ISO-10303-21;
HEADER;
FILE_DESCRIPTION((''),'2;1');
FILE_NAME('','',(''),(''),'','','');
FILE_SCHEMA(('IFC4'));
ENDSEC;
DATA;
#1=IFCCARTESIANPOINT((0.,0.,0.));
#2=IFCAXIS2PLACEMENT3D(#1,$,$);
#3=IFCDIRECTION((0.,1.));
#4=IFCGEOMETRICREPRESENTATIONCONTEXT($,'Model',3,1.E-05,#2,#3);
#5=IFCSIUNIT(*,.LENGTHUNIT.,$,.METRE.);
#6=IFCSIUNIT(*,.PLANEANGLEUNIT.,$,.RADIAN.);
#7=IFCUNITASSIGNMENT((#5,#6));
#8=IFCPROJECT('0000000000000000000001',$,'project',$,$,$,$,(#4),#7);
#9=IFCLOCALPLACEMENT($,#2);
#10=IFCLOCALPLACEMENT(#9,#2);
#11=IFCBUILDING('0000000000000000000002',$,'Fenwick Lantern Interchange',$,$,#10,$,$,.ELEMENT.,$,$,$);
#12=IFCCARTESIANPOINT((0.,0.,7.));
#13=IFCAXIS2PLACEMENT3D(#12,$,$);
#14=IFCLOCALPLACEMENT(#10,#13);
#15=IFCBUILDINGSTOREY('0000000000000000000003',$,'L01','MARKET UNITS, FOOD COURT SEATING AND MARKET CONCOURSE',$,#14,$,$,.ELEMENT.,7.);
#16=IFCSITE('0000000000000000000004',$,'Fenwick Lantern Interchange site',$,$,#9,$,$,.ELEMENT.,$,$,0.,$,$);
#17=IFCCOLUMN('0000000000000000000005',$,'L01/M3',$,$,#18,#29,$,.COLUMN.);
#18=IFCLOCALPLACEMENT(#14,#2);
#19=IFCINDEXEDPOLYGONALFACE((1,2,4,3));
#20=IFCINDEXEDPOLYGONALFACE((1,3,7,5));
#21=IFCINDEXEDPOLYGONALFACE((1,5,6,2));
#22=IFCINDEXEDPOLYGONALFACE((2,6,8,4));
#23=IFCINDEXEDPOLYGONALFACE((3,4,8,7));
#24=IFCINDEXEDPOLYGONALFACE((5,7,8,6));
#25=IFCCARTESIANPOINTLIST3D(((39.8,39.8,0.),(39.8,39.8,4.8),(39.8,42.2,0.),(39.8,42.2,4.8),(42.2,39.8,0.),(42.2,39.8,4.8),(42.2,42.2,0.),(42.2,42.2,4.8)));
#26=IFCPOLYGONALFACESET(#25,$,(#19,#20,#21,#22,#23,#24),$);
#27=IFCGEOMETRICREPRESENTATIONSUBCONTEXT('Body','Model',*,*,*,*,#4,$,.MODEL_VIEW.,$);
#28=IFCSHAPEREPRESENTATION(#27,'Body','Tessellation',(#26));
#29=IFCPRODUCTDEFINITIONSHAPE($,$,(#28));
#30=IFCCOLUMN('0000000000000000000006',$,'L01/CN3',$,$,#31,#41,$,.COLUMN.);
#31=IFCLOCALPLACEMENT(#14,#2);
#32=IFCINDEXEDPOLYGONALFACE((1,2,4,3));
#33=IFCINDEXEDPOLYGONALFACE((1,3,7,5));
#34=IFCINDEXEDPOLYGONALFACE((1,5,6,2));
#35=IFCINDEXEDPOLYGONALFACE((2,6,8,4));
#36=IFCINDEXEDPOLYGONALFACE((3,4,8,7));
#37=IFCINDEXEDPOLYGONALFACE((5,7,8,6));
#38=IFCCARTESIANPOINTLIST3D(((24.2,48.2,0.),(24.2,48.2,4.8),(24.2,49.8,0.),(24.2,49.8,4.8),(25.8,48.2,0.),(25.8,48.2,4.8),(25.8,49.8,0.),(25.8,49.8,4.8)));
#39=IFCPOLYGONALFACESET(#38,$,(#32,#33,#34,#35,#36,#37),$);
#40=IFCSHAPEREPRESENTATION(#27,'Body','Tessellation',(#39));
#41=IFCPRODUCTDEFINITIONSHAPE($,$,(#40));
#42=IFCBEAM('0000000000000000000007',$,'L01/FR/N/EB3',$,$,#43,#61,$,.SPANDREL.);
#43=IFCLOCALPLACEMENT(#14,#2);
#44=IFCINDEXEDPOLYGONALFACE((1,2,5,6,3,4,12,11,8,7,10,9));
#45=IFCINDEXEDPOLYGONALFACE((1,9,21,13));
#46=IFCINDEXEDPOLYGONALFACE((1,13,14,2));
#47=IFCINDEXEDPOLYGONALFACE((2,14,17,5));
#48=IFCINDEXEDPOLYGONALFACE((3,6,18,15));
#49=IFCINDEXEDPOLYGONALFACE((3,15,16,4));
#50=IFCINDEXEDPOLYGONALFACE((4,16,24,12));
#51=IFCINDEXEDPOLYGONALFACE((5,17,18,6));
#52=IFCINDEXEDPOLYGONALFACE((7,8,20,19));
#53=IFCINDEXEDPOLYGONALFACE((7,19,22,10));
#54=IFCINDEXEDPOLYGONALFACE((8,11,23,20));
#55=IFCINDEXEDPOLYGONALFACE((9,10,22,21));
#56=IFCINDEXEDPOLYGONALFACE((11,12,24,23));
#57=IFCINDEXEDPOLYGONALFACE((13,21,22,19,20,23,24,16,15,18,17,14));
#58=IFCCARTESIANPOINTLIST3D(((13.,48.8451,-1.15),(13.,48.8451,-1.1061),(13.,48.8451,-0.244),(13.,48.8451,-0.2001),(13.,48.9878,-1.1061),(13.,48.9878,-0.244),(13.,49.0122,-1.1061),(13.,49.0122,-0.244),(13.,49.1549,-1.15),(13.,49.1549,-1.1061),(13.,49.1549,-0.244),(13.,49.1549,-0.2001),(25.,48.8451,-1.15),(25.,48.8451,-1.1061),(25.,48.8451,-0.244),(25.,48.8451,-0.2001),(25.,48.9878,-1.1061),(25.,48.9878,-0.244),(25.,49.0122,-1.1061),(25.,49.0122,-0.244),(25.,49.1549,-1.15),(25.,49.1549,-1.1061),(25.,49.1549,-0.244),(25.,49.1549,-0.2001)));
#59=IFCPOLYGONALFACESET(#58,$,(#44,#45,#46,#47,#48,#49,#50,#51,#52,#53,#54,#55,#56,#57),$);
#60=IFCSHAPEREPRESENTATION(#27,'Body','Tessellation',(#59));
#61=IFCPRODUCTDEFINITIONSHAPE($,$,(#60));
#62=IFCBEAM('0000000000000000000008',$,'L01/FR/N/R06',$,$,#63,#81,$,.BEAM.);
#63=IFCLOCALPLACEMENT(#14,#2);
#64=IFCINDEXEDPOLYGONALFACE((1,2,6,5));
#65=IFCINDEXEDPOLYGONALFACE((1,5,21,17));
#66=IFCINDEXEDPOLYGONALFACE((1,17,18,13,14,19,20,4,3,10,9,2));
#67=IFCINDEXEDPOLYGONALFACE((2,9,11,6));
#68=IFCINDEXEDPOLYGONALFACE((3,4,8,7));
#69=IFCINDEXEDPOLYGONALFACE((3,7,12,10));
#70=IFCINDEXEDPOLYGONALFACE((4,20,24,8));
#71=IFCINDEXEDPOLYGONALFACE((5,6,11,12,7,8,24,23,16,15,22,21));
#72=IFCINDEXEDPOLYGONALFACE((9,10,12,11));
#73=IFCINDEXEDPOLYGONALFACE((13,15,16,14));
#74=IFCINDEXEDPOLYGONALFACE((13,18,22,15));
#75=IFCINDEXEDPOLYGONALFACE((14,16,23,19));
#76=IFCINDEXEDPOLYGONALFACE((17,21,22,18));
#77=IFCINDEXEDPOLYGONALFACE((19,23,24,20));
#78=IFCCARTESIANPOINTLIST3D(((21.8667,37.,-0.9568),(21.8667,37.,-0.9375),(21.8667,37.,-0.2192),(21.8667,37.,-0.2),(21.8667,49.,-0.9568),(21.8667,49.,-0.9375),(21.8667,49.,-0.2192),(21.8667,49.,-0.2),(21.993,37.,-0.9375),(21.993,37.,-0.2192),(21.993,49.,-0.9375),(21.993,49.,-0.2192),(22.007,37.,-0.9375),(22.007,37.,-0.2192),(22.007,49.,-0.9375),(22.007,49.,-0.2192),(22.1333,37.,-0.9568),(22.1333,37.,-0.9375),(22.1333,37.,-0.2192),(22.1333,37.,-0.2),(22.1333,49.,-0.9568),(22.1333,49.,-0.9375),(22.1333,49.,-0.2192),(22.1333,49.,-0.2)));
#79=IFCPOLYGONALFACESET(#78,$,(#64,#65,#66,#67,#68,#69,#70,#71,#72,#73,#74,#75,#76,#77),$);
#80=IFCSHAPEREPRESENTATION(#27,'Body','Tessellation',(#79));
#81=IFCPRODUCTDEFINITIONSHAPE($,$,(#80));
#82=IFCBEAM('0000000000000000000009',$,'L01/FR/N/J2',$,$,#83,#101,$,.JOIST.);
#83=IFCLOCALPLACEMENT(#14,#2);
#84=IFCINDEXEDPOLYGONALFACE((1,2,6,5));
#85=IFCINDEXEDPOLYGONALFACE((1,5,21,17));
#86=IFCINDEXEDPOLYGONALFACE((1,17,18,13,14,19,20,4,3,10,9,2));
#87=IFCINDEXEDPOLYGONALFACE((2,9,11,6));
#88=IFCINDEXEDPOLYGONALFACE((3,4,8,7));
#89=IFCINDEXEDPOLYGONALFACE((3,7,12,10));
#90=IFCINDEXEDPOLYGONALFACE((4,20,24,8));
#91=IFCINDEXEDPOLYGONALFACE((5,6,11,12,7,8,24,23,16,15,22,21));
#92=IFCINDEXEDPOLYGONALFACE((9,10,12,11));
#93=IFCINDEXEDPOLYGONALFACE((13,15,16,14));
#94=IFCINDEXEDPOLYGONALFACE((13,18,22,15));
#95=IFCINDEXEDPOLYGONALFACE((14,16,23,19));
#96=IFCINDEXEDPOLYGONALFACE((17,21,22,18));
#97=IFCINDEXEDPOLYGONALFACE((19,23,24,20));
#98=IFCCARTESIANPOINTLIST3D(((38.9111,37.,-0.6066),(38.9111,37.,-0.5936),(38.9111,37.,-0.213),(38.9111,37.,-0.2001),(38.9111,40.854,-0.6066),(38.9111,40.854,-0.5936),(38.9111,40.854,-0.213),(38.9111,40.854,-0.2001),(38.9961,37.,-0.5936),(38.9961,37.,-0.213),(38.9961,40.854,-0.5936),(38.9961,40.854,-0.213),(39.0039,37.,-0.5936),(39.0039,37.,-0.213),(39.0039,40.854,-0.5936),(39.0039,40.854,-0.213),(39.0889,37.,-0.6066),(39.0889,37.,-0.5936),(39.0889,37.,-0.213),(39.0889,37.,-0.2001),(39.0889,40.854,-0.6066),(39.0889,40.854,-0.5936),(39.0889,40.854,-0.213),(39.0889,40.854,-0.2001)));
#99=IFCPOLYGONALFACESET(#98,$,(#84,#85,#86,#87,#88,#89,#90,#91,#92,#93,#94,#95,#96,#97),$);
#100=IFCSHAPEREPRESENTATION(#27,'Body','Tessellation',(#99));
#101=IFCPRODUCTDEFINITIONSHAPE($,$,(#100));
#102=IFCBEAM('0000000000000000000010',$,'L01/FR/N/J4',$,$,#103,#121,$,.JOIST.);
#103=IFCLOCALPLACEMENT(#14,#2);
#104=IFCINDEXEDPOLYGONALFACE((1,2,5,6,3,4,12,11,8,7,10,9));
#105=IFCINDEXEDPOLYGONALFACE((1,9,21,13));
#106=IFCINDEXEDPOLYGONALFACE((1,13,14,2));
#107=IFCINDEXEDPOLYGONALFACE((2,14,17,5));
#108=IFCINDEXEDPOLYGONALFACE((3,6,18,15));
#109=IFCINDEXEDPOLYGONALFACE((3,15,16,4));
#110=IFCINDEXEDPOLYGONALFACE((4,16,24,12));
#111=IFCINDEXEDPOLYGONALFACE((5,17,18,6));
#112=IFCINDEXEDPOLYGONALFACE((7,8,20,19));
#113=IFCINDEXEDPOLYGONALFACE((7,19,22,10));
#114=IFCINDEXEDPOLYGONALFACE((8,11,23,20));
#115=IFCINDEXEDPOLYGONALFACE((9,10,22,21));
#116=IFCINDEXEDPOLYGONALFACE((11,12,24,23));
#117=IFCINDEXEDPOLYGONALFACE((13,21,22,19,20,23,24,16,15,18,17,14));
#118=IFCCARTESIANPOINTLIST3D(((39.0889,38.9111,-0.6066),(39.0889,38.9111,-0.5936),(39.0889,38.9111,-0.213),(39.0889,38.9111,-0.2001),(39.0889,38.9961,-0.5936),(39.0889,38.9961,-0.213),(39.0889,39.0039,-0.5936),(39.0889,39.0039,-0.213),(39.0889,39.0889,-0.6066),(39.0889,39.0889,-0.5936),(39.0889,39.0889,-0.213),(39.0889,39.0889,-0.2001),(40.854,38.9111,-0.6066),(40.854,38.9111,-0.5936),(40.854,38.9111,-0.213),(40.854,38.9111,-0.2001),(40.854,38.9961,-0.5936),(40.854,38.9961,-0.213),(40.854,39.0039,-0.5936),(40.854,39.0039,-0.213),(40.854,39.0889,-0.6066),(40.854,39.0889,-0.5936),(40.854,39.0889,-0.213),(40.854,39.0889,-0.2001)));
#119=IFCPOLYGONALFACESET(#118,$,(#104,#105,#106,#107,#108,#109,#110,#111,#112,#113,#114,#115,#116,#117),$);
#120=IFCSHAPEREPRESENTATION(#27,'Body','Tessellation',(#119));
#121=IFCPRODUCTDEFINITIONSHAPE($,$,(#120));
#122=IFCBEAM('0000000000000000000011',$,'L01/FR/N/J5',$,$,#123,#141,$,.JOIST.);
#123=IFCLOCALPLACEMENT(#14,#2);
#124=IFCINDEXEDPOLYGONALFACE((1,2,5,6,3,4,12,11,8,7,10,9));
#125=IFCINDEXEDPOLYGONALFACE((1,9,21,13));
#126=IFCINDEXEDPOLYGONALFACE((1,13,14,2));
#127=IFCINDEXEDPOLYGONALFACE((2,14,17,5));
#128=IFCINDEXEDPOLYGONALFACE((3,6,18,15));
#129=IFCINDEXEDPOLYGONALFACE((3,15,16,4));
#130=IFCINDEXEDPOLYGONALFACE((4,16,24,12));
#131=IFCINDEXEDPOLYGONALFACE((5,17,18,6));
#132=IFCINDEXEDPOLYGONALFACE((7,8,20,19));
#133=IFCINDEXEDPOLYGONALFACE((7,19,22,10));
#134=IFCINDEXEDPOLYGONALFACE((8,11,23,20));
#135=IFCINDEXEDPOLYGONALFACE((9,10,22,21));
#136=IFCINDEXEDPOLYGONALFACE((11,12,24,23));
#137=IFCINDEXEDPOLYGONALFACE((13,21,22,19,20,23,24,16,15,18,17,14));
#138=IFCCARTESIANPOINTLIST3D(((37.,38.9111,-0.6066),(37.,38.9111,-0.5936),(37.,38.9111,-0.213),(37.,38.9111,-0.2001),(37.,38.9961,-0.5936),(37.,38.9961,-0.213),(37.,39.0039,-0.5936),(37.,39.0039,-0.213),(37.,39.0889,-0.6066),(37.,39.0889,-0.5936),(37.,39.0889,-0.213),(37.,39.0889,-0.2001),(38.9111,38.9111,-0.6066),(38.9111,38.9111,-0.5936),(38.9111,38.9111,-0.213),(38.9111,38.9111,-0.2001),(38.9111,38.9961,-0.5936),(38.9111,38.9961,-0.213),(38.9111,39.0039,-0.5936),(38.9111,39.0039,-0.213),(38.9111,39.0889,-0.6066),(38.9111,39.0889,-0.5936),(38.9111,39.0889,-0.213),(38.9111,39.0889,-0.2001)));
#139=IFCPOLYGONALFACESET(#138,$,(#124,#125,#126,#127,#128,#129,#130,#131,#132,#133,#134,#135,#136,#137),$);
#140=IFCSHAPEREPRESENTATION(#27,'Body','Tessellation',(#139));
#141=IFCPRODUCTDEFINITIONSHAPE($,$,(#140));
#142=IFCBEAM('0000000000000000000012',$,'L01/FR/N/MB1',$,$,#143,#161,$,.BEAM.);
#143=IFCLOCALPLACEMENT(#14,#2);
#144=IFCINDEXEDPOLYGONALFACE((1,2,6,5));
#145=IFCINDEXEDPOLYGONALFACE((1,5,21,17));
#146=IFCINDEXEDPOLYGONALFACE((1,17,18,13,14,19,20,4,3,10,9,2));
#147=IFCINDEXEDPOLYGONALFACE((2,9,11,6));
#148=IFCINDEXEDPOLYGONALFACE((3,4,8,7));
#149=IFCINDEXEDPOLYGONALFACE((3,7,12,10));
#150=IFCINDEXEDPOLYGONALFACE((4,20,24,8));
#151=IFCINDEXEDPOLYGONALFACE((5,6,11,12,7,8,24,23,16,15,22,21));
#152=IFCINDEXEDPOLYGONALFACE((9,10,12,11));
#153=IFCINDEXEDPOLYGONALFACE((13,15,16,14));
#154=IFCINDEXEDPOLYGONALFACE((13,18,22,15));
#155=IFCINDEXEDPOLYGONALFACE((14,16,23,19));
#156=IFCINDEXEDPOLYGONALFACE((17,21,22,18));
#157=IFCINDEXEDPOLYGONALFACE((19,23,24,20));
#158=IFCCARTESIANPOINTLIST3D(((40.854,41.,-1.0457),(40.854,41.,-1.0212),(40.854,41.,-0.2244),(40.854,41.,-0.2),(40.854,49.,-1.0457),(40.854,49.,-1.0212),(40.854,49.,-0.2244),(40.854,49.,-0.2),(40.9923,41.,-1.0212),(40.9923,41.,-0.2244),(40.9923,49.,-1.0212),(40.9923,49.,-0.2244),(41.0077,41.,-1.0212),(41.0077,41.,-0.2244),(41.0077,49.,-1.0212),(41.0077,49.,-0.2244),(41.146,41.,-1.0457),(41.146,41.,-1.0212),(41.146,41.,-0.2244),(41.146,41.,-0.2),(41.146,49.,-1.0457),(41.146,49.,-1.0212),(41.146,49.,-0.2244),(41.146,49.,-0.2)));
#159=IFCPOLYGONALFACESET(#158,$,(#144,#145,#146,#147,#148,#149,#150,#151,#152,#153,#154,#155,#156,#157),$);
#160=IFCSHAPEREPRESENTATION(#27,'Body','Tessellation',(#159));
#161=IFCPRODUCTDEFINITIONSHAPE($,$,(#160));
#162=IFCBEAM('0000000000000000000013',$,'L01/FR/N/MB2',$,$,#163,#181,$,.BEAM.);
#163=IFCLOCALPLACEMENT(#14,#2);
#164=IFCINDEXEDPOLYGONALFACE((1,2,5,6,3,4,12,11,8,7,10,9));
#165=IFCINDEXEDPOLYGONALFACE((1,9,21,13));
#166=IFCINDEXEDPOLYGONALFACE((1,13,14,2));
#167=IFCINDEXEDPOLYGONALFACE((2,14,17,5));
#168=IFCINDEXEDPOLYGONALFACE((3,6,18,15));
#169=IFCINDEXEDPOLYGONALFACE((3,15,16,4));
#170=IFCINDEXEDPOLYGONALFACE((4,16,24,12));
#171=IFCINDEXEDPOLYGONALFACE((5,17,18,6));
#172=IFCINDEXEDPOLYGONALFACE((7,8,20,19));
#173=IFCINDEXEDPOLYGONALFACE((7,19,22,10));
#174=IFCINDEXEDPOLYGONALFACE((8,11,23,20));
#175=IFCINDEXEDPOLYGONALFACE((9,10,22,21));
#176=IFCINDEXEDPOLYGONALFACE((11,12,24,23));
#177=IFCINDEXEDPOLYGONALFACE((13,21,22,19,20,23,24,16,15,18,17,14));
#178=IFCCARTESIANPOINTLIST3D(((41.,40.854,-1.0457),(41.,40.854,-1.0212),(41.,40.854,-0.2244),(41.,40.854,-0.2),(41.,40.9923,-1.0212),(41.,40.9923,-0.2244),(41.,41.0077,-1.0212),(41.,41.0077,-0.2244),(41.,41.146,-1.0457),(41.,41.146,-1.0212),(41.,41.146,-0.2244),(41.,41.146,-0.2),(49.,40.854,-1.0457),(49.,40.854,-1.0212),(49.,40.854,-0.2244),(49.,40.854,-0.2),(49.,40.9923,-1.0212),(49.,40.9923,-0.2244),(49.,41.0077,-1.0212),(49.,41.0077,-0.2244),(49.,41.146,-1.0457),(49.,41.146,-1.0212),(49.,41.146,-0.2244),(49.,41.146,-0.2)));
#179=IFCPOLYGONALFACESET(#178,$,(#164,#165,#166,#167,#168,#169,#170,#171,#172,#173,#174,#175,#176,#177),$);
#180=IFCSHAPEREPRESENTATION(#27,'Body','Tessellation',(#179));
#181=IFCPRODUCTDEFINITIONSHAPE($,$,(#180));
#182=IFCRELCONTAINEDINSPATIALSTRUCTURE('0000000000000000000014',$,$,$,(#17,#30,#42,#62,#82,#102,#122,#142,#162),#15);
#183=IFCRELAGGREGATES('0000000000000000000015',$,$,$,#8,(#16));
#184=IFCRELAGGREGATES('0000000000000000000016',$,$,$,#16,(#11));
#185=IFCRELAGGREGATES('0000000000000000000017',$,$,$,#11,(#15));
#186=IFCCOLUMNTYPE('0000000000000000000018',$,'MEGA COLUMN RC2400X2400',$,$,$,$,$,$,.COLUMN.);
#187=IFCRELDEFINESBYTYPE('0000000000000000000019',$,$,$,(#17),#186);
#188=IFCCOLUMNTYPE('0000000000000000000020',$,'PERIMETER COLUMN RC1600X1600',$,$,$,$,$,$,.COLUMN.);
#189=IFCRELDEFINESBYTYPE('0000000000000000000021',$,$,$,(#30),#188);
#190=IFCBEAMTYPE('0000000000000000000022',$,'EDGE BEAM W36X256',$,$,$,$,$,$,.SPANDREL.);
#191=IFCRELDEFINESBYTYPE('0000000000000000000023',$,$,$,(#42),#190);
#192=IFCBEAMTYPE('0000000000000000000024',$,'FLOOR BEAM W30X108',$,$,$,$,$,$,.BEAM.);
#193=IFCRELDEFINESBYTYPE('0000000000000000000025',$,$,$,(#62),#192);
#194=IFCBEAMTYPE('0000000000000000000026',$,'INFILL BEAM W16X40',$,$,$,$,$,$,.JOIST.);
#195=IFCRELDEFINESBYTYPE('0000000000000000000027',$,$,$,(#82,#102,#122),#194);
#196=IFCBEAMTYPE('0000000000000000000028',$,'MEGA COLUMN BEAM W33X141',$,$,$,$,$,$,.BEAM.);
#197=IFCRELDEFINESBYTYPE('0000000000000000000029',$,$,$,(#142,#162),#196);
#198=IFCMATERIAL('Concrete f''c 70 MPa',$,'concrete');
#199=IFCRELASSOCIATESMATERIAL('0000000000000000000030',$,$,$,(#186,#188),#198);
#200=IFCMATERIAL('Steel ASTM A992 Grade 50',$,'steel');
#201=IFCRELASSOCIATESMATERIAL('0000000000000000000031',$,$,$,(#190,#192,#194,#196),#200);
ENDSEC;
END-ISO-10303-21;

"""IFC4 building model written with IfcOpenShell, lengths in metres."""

from ifc_helpers import new_model, si_unit, direction, frame, origin, origin_2d, place, context, subcontext, project, spatial, rectangle, i_section, extrude, material, material_profile, profile_set, type_object, element, save


model = new_model("IFC4")

# Units and contexts
model_context = context("Model", 3, precision=1e-05, world=origin(), true_north=direction((0.0, 1.0)))
body_context = subcontext(model_context, "Body", "Model", "MODEL_VIEW")
ifc_project = project(units=[si_unit("LENGTHUNIT", "METRE"), si_unit("PLANEANGLEUNIT", "RADIAN")], contexts=[model_context])

# Site, building, storey
site_placement = place(None, origin())
site = spatial("IfcSite", under=ifc_project, at=site_placement, Name="Fenwick Lantern Interchange site", CompositionType="ELEMENT", RefElevation=0.0)
building_placement = place(site_placement, origin())
building = spatial("IfcBuilding", under=site, at=building_placement, Name="Fenwick Lantern Interchange", CompositionType="ELEMENT")
storey_placement = place(building_placement, frame((0.0, 0.0, 7.0)))
storey = spatial("IfcBuildingStorey", under=building, at=storey_placement, Name="L01", Description="MARKET UNITS, FOOD COURT SEATING AND MARKET CONCOURSE", CompositionType="ELEMENT", Elevation=7.0)

# Columns
ifc_material_1 = material(Name="Concrete f'c 70 MPa", Category="concrete")
ifc_material_profile_1 = material_profile(ifc_material_1, rectangle(XDim=2.3999, YDim=2.3999, at=origin_2d()), Name="RC2400X2400")
ifc_profile_set_1 = profile_set([ifc_material_profile_1], Name="Concrete f'c 70 MPa")
column_type_1 = type_object("IfcColumnType", Name="MEGA COLUMN RC2400X2400", PredefinedType="COLUMN", material=ifc_profile_set_1)
column_1_placement = place(storey_placement, frame((41.0, 41.0, 0.0), z_axis=(0.0, 0.0, 1.0), x_axis=(1.0, 0.0, 0.0)))
element("IfcColumn", 1, at=column_1_placement, inside=storey, type_object=column_type_1, Name="L01/M3", PredefinedType="COLUMN", context=body_context, shape_type="SweptSolid", body=[
    extrude(rectangle(XDim=2.3999, YDim=2.3999, at=origin_2d()), origin(), (0.0, 0.0, 1.0), 4.8),
])
ifc_material_profile_2 = material_profile(ifc_material_1, rectangle(XDim=1.6001, YDim=1.6001, at=origin_2d()), Name="RC1600X1600")
ifc_profile_set_2 = profile_set([ifc_material_profile_2], Name="Concrete f'c 70 MPa")
column_type_2 = type_object("IfcColumnType", Name="PERIMETER COLUMN RC1600X1600", PredefinedType="COLUMN", material=ifc_profile_set_2)
column_2_placement = place(storey_placement, frame((25.0, 49.0, 0.0), z_axis=(0.0, 0.0, 1.0), x_axis=(1.0, 0.0, 0.0)))
element("IfcColumn", 2, at=column_2_placement, inside=storey, type_object=column_type_2, Name="L01/CN3", PredefinedType="COLUMN", context=body_context, shape_type="SweptSolid", body=[
    extrude(rectangle(XDim=1.6001, YDim=1.6001, at=origin_2d()), origin(), (0.0, 0.0, 1.0), 4.8),
])

# Beams
ifc_material_2 = material(Name="Steel ASTM A992 Grade 50", Category="steel")
ifc_material_profile_3 = material_profile(ifc_material_2, i_section(OverallWidth=0.3098, OverallDepth=0.95, WebThickness=0.0244, FlangeThickness=0.0439, at=origin_2d()), Name="W36X256")
ifc_profile_set_3 = profile_set([ifc_material_profile_3], Name="Steel ASTM A992 Grade 50")
beam_type_1 = type_object("IfcBeamType", Name="EDGE BEAM W36X256", PredefinedType="SPANDREL", material=ifc_profile_set_3)
beam_1_placement = place(storey_placement, frame((25.0, 49.0, -0.675), z_axis=(-1.0, 0.0, 0.0), x_axis=(0.0, -1.0, 0.0)))
element("IfcBeam", 3, at=beam_1_placement, inside=storey, type_object=beam_type_1, Name="L01/FR/N/EB3", PredefinedType="SPANDREL", context=body_context, shape_type="SweptSolid", body=[
    extrude(i_section(OverallWidth=0.3098, OverallDepth=0.95, WebThickness=0.0244, FlangeThickness=0.0439, at=origin_2d()), origin(), (0.0, 0.0, 1.0), 12.0),
])
ifc_material_profile_4 = material_profile(ifc_material_2, i_section(OverallWidth=0.2666, OverallDepth=0.7568, WebThickness=0.0139, FlangeThickness=0.0193, at=origin_2d()), Name="W30X108")
ifc_profile_set_4 = profile_set([ifc_material_profile_4], Name="Steel ASTM A992 Grade 50")
beam_type_2 = type_object("IfcBeamType", Name="FLOOR BEAM W30X108", PredefinedType="BEAM", material=ifc_profile_set_4)
beam_2_placement = place(storey_placement, frame((22.0, 49.0, -0.5784), z_axis=(0.0, -1.0, 0.0), x_axis=(1.0, 0.0, 0.0)))
element("IfcBeam", 4, at=beam_2_placement, inside=storey, type_object=beam_type_2, Name="L01/FR/N/R06", PredefinedType="BEAM", context=body_context, shape_type="SweptSolid", body=[
    extrude(i_section(OverallWidth=0.2666, OverallDepth=0.7568, WebThickness=0.0139, FlangeThickness=0.0193, at=origin_2d()), origin(), (0.0, 0.0, 1.0), 12.0),
])
ifc_material_profile_5 = material_profile(ifc_material_2, i_section(OverallWidth=0.1777, OverallDepth=0.4065, WebThickness=0.0078, FlangeThickness=0.0129, at=origin_2d()), Name="W16X40")
ifc_profile_set_5 = profile_set([ifc_material_profile_5], Name="Steel ASTM A992 Grade 50")
beam_type_3 = type_object("IfcBeamType", Name="INFILL BEAM W16X40", PredefinedType="JOIST", material=ifc_profile_set_5)
beam_3_placement = place(storey_placement, frame((39.0, 40.854, -0.4033), z_axis=(0.0, -1.0, 0.0), x_axis=(1.0, 0.0, 0.0)))
element("IfcBeam", 5, at=beam_3_placement, inside=storey, type_object=beam_type_3, Name="L01/FR/N/J2", PredefinedType="JOIST", context=body_context, shape_type="SweptSolid", body=[
    extrude(i_section(OverallWidth=0.1777, OverallDepth=0.4065, WebThickness=0.0078, FlangeThickness=0.0129, at=origin_2d()), origin(), (0.0, 0.0, 1.0), 3.854),
])
beam_4_placement = place(storey_placement, frame((40.854, 39.0, -0.4033), z_axis=(-1.0, 0.0, 0.0), x_axis=(0.0, -1.0, 0.0)))
element("IfcBeam", 6, at=beam_4_placement, inside=storey, type_object=beam_type_3, Name="L01/FR/N/J4", PredefinedType="JOIST", context=body_context, shape_type="SweptSolid", body=[
    extrude(i_section(OverallWidth=0.1777, OverallDepth=0.4065, WebThickness=0.0078, FlangeThickness=0.0129, at=origin_2d()), origin(), (0.0, 0.0, 1.0), 1.7651),
])
beam_5_placement = place(storey_placement, frame((38.9111, 39.0, -0.4033), z_axis=(-1.0, 0.0, 0.0), x_axis=(0.0, -1.0, 0.0)))
element("IfcBeam", 7, at=beam_5_placement, inside=storey, type_object=beam_type_3, Name="L01/FR/N/J5", PredefinedType="JOIST", context=body_context, shape_type="SweptSolid", body=[
    extrude(i_section(OverallWidth=0.1777, OverallDepth=0.4065, WebThickness=0.0078, FlangeThickness=0.0129, at=origin_2d()), origin(), (0.0, 0.0, 1.0), 1.9111),
])
ifc_material_profile_6 = material_profile(ifc_material_2, i_section(OverallWidth=0.292, OverallDepth=0.8457, WebThickness=0.0154, FlangeThickness=0.0244, at=origin_2d()), Name="W33X141")
ifc_profile_set_6 = profile_set([ifc_material_profile_6], Name="Steel ASTM A992 Grade 50")
beam_type_4 = type_object("IfcBeamType", Name="MEGA COLUMN BEAM W33X141", PredefinedType="BEAM", material=ifc_profile_set_6)
for number, where, z_axis, x_axis, name in (
    (8, (41.0, 41.0, -0.6228), (0.0, 1.0, 0.0), (-1.0, 0.0, 0.0), "L01/FR/N/MB1"),
    (9, (41.0, 41.0, -0.6228), (1.0, 0.0, 0.0), (0.0, 1.0, 0.0), "L01/FR/N/MB2"),
):
    element("IfcBeam", number, at=place(storey_placement, frame(where, z_axis=z_axis, x_axis=x_axis)), inside=storey, type_object=beam_type_4, Name=name, PredefinedType="BEAM", context=body_context, shape_type="SweptSolid", body=[
        extrude(i_section(OverallWidth=0.292, OverallDepth=0.8457, WebThickness=0.0154, FlangeThickness=0.0244, at=origin_2d()), origin(), (0.0, 0.0, 1.0), 8.0),
    ])

save(model, "model.ifc")
